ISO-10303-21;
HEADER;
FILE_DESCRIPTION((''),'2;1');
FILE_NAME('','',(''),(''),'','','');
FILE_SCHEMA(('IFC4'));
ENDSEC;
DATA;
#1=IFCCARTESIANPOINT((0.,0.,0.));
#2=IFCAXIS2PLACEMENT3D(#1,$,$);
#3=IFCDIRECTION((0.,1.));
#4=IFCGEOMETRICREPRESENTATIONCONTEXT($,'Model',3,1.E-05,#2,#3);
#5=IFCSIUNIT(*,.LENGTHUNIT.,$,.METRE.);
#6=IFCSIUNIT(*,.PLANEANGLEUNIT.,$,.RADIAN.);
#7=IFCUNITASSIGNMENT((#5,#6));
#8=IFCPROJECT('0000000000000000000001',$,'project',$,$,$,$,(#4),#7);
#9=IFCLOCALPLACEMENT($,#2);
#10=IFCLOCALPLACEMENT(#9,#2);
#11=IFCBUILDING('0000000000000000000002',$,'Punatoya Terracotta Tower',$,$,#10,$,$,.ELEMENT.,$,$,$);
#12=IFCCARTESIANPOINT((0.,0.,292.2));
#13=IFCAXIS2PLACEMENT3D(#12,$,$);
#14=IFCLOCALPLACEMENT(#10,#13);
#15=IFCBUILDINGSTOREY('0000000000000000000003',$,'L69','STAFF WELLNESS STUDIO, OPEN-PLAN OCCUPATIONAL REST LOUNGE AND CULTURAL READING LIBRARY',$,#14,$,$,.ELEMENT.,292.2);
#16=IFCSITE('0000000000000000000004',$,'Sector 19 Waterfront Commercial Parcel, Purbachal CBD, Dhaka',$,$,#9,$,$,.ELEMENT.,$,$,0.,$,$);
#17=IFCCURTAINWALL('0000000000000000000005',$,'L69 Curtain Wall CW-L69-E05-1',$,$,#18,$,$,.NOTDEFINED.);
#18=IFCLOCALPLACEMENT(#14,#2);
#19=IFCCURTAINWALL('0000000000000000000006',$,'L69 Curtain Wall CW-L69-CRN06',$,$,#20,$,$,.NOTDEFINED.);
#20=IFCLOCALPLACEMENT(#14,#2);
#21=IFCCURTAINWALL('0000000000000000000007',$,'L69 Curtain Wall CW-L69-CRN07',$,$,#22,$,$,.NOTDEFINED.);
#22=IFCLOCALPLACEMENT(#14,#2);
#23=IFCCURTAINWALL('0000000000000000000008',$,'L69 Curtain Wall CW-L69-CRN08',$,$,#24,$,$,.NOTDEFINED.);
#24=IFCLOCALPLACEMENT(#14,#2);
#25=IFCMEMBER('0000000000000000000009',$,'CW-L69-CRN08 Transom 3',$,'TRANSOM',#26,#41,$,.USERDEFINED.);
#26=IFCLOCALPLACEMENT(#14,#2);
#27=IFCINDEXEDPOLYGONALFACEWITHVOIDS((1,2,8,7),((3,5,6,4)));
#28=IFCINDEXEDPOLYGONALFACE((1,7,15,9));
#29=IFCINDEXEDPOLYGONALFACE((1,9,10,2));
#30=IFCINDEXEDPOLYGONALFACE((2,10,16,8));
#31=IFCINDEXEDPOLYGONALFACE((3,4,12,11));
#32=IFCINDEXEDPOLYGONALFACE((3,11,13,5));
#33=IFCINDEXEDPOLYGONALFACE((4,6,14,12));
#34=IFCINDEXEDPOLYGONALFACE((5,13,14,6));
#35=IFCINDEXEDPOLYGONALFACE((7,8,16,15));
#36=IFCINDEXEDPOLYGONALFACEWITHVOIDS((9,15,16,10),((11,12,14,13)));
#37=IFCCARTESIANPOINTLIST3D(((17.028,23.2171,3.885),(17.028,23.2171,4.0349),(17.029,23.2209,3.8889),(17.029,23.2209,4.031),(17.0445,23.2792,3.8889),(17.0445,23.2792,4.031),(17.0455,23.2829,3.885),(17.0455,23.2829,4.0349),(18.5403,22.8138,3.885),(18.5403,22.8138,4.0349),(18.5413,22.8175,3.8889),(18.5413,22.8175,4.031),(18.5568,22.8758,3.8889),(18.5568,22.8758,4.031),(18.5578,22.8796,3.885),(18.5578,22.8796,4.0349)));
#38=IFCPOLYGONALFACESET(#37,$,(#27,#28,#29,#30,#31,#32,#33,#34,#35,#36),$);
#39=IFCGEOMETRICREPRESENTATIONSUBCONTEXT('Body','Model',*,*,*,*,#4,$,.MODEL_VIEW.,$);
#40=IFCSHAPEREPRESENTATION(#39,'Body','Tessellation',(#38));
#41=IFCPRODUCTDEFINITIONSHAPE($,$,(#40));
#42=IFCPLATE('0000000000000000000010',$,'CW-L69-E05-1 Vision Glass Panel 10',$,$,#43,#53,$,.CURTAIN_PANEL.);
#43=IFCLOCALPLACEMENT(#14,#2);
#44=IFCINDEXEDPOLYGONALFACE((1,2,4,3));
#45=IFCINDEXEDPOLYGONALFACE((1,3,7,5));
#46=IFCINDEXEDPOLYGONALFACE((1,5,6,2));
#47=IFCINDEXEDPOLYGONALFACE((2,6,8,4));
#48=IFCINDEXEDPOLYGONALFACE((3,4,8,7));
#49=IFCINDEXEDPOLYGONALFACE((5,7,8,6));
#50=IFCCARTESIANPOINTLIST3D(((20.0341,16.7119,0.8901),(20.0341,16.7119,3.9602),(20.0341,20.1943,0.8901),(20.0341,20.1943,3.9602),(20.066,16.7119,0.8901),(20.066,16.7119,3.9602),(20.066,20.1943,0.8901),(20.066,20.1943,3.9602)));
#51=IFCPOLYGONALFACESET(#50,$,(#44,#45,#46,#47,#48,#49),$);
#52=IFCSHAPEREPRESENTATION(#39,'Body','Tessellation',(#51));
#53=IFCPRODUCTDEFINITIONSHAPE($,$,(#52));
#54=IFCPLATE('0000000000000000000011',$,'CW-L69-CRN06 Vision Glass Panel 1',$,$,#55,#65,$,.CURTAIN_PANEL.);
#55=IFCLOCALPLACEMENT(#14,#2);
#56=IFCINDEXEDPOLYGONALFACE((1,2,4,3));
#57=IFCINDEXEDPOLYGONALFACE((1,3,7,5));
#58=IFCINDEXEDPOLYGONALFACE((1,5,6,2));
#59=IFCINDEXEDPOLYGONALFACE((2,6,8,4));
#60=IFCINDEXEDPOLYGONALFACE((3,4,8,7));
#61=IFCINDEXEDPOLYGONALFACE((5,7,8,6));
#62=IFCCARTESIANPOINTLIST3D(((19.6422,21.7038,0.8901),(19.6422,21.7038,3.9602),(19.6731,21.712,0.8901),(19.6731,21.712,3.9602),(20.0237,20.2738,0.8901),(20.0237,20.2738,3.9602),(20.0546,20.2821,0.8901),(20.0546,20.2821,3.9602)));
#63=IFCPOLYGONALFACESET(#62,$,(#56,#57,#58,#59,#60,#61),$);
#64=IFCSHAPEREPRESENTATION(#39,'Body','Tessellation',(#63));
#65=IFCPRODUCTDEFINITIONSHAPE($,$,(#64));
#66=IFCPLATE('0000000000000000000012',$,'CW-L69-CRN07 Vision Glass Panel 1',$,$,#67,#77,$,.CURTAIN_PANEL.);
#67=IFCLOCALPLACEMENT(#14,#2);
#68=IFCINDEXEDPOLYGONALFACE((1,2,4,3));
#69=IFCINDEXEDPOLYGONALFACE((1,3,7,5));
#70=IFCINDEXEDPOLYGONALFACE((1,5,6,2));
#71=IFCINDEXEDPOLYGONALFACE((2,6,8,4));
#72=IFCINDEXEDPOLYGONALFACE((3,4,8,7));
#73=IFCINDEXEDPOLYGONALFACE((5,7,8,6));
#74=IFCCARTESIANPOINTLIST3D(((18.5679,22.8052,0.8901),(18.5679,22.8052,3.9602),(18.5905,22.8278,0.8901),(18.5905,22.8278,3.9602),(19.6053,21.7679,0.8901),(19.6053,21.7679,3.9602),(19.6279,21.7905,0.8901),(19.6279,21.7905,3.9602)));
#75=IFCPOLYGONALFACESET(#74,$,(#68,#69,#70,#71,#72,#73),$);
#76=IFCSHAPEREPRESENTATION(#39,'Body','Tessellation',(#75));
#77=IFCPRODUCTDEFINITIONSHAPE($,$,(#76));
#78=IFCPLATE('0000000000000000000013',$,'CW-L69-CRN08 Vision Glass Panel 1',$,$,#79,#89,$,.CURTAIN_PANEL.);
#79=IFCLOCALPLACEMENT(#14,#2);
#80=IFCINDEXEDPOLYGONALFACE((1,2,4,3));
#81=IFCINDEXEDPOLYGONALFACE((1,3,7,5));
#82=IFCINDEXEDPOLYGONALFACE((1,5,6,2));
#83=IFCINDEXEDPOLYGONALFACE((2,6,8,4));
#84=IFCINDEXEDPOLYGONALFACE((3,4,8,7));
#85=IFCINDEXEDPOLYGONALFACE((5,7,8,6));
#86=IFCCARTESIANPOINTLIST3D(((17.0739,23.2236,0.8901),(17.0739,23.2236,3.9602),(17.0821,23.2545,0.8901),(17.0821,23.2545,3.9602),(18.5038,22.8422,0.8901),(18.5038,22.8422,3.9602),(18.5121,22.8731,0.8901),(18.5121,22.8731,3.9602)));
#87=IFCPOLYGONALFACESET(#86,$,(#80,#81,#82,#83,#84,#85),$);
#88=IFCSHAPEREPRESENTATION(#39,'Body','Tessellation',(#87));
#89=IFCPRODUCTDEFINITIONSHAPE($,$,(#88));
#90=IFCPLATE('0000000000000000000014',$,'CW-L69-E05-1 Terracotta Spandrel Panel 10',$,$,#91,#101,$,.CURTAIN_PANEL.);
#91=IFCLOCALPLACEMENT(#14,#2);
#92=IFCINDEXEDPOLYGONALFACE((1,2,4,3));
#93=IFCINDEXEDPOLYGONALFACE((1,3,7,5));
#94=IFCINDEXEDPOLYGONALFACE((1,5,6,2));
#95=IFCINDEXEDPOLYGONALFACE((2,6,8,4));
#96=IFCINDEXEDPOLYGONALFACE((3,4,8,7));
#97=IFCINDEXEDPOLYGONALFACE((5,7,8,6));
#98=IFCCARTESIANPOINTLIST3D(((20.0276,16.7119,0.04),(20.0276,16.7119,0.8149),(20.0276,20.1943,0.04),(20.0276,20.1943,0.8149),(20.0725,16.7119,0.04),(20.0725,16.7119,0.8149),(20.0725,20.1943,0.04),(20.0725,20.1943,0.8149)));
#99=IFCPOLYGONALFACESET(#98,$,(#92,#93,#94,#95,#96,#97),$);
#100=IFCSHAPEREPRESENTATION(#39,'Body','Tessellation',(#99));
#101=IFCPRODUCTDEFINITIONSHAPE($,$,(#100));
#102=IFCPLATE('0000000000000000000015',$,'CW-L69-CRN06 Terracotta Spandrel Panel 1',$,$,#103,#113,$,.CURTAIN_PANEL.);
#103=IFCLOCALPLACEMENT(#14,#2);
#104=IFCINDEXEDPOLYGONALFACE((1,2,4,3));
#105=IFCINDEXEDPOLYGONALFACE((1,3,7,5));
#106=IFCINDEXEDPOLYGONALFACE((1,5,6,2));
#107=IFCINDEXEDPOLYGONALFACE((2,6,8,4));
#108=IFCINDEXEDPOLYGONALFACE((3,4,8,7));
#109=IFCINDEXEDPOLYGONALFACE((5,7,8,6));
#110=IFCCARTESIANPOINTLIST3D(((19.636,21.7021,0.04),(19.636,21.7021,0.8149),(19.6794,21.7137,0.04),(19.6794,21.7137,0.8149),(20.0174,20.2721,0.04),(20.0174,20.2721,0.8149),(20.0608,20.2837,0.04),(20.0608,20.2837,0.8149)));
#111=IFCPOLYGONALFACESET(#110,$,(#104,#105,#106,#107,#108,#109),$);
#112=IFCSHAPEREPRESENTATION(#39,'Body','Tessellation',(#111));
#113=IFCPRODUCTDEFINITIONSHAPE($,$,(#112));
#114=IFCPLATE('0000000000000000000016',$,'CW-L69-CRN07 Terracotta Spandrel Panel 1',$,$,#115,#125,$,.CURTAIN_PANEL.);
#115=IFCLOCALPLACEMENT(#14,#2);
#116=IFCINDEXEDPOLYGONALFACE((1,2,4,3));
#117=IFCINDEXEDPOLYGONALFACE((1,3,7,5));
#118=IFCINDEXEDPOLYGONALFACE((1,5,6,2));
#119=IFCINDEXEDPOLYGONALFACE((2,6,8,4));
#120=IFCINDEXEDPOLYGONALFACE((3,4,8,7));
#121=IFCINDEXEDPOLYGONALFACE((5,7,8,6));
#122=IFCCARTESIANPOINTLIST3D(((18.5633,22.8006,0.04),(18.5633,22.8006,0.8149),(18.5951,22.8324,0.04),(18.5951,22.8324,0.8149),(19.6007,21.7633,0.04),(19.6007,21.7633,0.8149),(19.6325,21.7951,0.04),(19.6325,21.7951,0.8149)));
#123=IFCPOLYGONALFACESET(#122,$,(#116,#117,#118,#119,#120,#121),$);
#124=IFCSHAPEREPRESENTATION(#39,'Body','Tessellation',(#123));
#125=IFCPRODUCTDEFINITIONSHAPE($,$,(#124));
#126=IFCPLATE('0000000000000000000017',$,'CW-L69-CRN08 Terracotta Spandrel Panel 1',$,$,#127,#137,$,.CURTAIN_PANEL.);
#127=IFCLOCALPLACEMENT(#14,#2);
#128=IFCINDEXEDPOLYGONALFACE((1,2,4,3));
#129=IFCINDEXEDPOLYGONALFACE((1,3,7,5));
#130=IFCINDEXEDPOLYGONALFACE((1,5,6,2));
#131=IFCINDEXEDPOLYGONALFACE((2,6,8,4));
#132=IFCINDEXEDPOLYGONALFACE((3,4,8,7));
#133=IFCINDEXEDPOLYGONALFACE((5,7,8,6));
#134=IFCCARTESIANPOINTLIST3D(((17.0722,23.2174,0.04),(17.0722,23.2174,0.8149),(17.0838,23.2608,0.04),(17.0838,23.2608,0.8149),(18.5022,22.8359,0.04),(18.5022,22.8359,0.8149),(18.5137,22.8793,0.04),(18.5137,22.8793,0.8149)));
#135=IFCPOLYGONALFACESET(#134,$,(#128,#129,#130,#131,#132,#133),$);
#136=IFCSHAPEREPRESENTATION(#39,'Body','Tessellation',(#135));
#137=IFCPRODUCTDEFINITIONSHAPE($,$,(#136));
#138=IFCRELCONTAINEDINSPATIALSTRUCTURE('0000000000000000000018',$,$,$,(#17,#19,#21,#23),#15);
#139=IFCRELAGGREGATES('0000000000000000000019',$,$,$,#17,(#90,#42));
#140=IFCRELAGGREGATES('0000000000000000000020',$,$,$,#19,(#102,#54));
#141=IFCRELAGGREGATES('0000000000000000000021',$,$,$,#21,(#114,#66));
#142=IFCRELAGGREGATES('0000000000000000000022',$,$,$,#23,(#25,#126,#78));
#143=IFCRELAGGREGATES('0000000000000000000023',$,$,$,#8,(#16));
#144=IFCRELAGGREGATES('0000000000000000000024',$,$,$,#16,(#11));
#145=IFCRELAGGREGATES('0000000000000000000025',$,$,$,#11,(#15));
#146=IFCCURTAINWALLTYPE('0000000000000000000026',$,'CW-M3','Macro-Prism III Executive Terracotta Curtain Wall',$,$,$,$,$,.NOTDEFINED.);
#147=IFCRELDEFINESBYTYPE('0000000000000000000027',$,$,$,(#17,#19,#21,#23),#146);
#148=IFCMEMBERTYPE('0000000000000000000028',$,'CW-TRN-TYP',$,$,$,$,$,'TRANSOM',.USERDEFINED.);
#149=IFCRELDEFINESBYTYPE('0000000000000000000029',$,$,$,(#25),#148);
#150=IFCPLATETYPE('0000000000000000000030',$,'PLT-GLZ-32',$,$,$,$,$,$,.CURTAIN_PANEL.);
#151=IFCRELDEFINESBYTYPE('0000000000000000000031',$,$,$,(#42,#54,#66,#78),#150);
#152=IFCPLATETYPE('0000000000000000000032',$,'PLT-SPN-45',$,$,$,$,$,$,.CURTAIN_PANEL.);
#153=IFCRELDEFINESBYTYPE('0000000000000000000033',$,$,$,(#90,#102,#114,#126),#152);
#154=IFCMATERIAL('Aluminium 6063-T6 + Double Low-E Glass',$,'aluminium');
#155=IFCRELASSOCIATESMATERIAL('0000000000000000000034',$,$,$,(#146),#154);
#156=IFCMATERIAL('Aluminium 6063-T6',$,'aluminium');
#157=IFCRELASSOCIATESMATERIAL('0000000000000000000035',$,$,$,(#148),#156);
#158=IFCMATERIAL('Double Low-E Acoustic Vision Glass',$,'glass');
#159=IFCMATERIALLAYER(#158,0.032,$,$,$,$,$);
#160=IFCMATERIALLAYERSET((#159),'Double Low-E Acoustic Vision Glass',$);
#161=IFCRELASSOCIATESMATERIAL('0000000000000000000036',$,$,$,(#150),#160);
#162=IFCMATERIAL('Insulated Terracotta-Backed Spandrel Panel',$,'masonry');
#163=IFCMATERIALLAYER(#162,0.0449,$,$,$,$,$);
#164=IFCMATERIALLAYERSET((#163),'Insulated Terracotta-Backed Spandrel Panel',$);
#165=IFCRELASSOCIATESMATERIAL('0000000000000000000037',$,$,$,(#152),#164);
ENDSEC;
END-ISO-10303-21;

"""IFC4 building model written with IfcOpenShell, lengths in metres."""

from ifc_helpers import new_model, si_unit, direction, frame, origin, origin_2d, place, context, subcontext, project, spatial, rectangle, hollow_rectangle, extrude, material, layer, layer_set, material_profile, profile_set, type_object, element, aggregate, save


model = new_model("IFC4")

# Units and contexts
model_context = context("Model", 3, precision=1e-05, world=origin(), true_north=direction((0.0, 1.0)))
body_context = subcontext(model_context, "Body", "Model", "MODEL_VIEW")
ifc_project = project(units=[si_unit("LENGTHUNIT", "METRE"), si_unit("PLANEANGLEUNIT", "RADIAN")], contexts=[model_context])

# Site, building, storey
site_placement = place(None, origin())
site = spatial("IfcSite", under=ifc_project, at=site_placement, Name="Sector 19 Waterfront Commercial Parcel, Purbachal CBD, Dhaka", CompositionType="ELEMENT", RefElevation=0.0)
building_placement = place(site_placement, origin())
building = spatial("IfcBuilding", under=site, at=building_placement, Name="Punatoya Terracotta Tower", CompositionType="ELEMENT")
storey_placement = place(building_placement, frame((0.0, 0.0, 292.2)))
storey = spatial("IfcBuildingStorey", under=building, at=storey_placement, Name="L69", Description="STAFF WELLNESS STUDIO, OPEN-PLAN OCCUPATIONAL REST LOUNGE AND CULTURAL READING LIBRARY", CompositionType="ELEMENT", Elevation=292.2)

# Curtain walls
ifc_material_1 = material(Name="Aluminium 6063-T6 + Double Low-E Glass", Category="aluminium")
curtain_wall_type = type_object("IfcCurtainWallType", Name="CW-M3", Description="Macro-Prism III Executive Terracotta Curtain Wall", PredefinedType="NOTDEFINED", material=ifc_material_1)
curtain_wall_1_placement = place(storey_placement, origin())
curtain_wall_1 = element("IfcCurtainWall", 1, at=curtain_wall_1_placement, inside=storey, type_object=curtain_wall_type, Name="L69 Curtain Wall CW-L69-E05-1", PredefinedType="NOTDEFINED")
ifc_material_2 = material(Name="Aluminium 6063-T6", Category="aluminium")
curtain_wall_2_placement = place(storey_placement, origin())
curtain_wall_2 = element("IfcCurtainWall", 2, at=curtain_wall_2_placement, inside=storey, type_object=curtain_wall_type, Name="L69 Curtain Wall CW-L69-CRN06", PredefinedType="NOTDEFINED")
curtain_wall_3_placement = place(storey_placement, origin())
curtain_wall_3 = element("IfcCurtainWall", 3, at=curtain_wall_3_placement, inside=storey, type_object=curtain_wall_type, Name="L69 Curtain Wall CW-L69-CRN07", PredefinedType="NOTDEFINED")

# Curtain wall
curtain_wall_4_placement = place(storey_placement, origin())
curtain_wall_4 = element("IfcCurtainWall", 4, at=curtain_wall_4_placement, inside=storey, type_object=curtain_wall_type, Name="L69 Curtain Wall CW-L69-CRN08", PredefinedType="NOTDEFINED")

# Member
ifc_material_profile_1 = material_profile(ifc_material_2, hollow_rectangle(XDim=0.0681, YDim=0.1499, WallThickness=0.0039, at=origin_2d()))
ifc_profile_set_1 = profile_set([ifc_material_profile_1], Name="Aluminium 6063-T6")
member_type_1 = type_object("IfcMemberType", Name="CW-TRN-TYP", ElementType="TRANSOM", PredefinedType="USERDEFINED", material=ifc_profile_set_1)
member_1_placement = place(storey_placement, frame((18.5491, 22.8467, 3.96), z_axis=(-0.966225, 0.257701, 0.0), x_axis=(-0.257701, -0.966225, 0.0)))
member_1 = element("IfcMember", 5, at=member_1_placement, type_object=member_type_1, Name="CW-L69-CRN08 Transom 3", ObjectType="TRANSOM", PredefinedType="USERDEFINED", context=body_context, shape_type="SweptSolid", body=[
    extrude(hollow_rectangle(XDim=0.0681, YDim=0.1499, WallThickness=0.0039, at=origin_2d()), origin(), (0.0, 0.0, 1.0), 1.5652),
])

# Plates
ifc_material_3 = material(Name="Double Low-E Acoustic Vision Glass", Category="glass")
ifc_layer_1 = layer(ifc_material_3, 0.032)
ifc_layer_set_1 = layer_set([ifc_layer_1], Name="Double Low-E Acoustic Vision Glass")
plate_type_1 = type_object("IfcPlateType", Name="PLT-GLZ-32", PredefinedType="CURTAIN_PANEL", material=ifc_layer_set_1)
plate_1_placement = place(storey_placement, frame((20.05, 18.4531, 0.8901), z_axis=(0.0, 0.0, 1.0), x_axis=(0.0, 1.0, 0.0)))
plate_1 = element("IfcPlate", 6, at=plate_1_placement, type_object=plate_type_1, Name="CW-L69-E05-1 Vision Glass Panel 10", PredefinedType="CURTAIN_PANEL", context=body_context, shape_type="SweptSolid", body=[
    extrude(rectangle(XDim=3.4824, YDim=0.032, at=origin_2d()), origin(), (0.0, 0.0, 1.0), 3.0701),
])
plate_2_placement = place(storey_placement, frame((19.8484, 20.9929, 0.8901), z_axis=(0.0, 0.0, 1.0), x_axis=(-0.257742, 0.966214, 0.0)))
plate_2 = element("IfcPlate", 7, at=plate_2_placement, type_object=plate_type_1, Name="CW-L69-CRN06 Vision Glass Panel 1", PredefinedType="CURTAIN_PANEL", context=body_context, shape_type="SweptSolid", body=[
    extrude(rectangle(XDim=1.48, YDim=0.032, at=origin_2d()), origin(), (0.0, 0.0, 1.0), 3.0701),
])
plate_3_placement = place(storey_placement, frame((19.0979, 22.2979, 0.8901), z_axis=(0.0, 0.0, 1.0), x_axis=(-0.707107, 0.707107, 0.0)))
plate_3 = element("IfcPlate", 8, at=plate_3_placement, type_object=plate_type_1, Name="CW-L69-CRN07 Vision Glass Panel 1", PredefinedType="CURTAIN_PANEL", context=body_context, shape_type="SweptSolid", body=[
    extrude(rectangle(XDim=1.467, YDim=0.032, at=origin_2d()), origin(), (0.0, 0.0, 1.0), 3.0701),
])
plate_4_placement = place(storey_placement, frame((17.793, 23.0483, 0.8901), z_axis=(0.0, 0.0, 1.0), x_axis=(-0.966214, 0.257742, 0.0)))
plate_4 = element("IfcPlate", 9, at=plate_4_placement, type_object=plate_type_1, Name="CW-L69-CRN08 Vision Glass Panel 1", PredefinedType="CURTAIN_PANEL", context=body_context, shape_type="SweptSolid", body=[
    extrude(rectangle(XDim=1.48, YDim=0.032, at=origin_2d()), origin(), (0.0, 0.0, 1.0), 3.0701),
])
ifc_material_4 = material(Name="Insulated Terracotta-Backed Spandrel Panel", Category="masonry")
ifc_layer_2 = layer(ifc_material_4, 0.0449)
ifc_layer_set_2 = layer_set([ifc_layer_2], Name="Insulated Terracotta-Backed Spandrel Panel")
plate_type_2 = type_object("IfcPlateType", Name="PLT-SPN-45", PredefinedType="CURTAIN_PANEL", material=ifc_layer_set_2)
plate_5_placement = place(storey_placement, frame((20.05, 18.4531, 0.04), z_axis=(0.0, 0.0, 1.0), x_axis=(0.0, 1.0, 0.0)))
plate_5 = element("IfcPlate", 10, at=plate_5_placement, type_object=plate_type_2, Name="CW-L69-E05-1 Terracotta Spandrel Panel 10", PredefinedType="CURTAIN_PANEL", context=body_context, shape_type="SweptSolid", body=[
    extrude(rectangle(XDim=3.4824, YDim=0.0449, at=origin_2d()), origin(), (0.0, 0.0, 1.0), 0.7749),
])
aggregate(curtain_wall_1, [plate_5, plate_1])
plate_6_placement = place(storey_placement, frame((19.8484, 20.9929, 0.04), z_axis=(0.0, 0.0, 1.0), x_axis=(-0.257742, 0.966214, 0.0)))
plate_6 = element("IfcPlate", 11, at=plate_6_placement, type_object=plate_type_2, Name="CW-L69-CRN06 Terracotta Spandrel Panel 1", PredefinedType="CURTAIN_PANEL", context=body_context, shape_type="SweptSolid", body=[
    extrude(rectangle(XDim=1.48, YDim=0.0449, at=origin_2d()), origin(), (0.0, 0.0, 1.0), 0.7749),
])
aggregate(curtain_wall_2, [plate_6, plate_2])
plate_7_placement = place(storey_placement, frame((19.0979, 22.2979, 0.04), z_axis=(0.0, 0.0, 1.0), x_axis=(-0.707107, 0.707107, 0.0)))
plate_7 = element("IfcPlate", 12, at=plate_7_placement, type_object=plate_type_2, Name="CW-L69-CRN07 Terracotta Spandrel Panel 1", PredefinedType="CURTAIN_PANEL", context=body_context, shape_type="SweptSolid", body=[
    extrude(rectangle(XDim=1.467, YDim=0.0449, at=origin_2d()), origin(), (0.0, 0.0, 1.0), 0.7749),
])
aggregate(curtain_wall_3, [plate_7, plate_3])
plate_8_placement = place(storey_placement, frame((17.793, 23.0483, 0.04), z_axis=(0.0, 0.0, 1.0), x_axis=(-0.966214, 0.257742, 0.0)))
plate_8 = element("IfcPlate", 13, at=plate_8_placement, type_object=plate_type_2, Name="CW-L69-CRN08 Terracotta Spandrel Panel 1", PredefinedType="CURTAIN_PANEL", context=body_context, shape_type="SweptSolid", body=[
    extrude(rectangle(XDim=1.48, YDim=0.0449, at=origin_2d()), origin(), (0.0, 0.0, 1.0), 0.7749),
])
aggregate(curtain_wall_4, [member_1, plate_8, plate_4])

save(model, "model.ifc")
